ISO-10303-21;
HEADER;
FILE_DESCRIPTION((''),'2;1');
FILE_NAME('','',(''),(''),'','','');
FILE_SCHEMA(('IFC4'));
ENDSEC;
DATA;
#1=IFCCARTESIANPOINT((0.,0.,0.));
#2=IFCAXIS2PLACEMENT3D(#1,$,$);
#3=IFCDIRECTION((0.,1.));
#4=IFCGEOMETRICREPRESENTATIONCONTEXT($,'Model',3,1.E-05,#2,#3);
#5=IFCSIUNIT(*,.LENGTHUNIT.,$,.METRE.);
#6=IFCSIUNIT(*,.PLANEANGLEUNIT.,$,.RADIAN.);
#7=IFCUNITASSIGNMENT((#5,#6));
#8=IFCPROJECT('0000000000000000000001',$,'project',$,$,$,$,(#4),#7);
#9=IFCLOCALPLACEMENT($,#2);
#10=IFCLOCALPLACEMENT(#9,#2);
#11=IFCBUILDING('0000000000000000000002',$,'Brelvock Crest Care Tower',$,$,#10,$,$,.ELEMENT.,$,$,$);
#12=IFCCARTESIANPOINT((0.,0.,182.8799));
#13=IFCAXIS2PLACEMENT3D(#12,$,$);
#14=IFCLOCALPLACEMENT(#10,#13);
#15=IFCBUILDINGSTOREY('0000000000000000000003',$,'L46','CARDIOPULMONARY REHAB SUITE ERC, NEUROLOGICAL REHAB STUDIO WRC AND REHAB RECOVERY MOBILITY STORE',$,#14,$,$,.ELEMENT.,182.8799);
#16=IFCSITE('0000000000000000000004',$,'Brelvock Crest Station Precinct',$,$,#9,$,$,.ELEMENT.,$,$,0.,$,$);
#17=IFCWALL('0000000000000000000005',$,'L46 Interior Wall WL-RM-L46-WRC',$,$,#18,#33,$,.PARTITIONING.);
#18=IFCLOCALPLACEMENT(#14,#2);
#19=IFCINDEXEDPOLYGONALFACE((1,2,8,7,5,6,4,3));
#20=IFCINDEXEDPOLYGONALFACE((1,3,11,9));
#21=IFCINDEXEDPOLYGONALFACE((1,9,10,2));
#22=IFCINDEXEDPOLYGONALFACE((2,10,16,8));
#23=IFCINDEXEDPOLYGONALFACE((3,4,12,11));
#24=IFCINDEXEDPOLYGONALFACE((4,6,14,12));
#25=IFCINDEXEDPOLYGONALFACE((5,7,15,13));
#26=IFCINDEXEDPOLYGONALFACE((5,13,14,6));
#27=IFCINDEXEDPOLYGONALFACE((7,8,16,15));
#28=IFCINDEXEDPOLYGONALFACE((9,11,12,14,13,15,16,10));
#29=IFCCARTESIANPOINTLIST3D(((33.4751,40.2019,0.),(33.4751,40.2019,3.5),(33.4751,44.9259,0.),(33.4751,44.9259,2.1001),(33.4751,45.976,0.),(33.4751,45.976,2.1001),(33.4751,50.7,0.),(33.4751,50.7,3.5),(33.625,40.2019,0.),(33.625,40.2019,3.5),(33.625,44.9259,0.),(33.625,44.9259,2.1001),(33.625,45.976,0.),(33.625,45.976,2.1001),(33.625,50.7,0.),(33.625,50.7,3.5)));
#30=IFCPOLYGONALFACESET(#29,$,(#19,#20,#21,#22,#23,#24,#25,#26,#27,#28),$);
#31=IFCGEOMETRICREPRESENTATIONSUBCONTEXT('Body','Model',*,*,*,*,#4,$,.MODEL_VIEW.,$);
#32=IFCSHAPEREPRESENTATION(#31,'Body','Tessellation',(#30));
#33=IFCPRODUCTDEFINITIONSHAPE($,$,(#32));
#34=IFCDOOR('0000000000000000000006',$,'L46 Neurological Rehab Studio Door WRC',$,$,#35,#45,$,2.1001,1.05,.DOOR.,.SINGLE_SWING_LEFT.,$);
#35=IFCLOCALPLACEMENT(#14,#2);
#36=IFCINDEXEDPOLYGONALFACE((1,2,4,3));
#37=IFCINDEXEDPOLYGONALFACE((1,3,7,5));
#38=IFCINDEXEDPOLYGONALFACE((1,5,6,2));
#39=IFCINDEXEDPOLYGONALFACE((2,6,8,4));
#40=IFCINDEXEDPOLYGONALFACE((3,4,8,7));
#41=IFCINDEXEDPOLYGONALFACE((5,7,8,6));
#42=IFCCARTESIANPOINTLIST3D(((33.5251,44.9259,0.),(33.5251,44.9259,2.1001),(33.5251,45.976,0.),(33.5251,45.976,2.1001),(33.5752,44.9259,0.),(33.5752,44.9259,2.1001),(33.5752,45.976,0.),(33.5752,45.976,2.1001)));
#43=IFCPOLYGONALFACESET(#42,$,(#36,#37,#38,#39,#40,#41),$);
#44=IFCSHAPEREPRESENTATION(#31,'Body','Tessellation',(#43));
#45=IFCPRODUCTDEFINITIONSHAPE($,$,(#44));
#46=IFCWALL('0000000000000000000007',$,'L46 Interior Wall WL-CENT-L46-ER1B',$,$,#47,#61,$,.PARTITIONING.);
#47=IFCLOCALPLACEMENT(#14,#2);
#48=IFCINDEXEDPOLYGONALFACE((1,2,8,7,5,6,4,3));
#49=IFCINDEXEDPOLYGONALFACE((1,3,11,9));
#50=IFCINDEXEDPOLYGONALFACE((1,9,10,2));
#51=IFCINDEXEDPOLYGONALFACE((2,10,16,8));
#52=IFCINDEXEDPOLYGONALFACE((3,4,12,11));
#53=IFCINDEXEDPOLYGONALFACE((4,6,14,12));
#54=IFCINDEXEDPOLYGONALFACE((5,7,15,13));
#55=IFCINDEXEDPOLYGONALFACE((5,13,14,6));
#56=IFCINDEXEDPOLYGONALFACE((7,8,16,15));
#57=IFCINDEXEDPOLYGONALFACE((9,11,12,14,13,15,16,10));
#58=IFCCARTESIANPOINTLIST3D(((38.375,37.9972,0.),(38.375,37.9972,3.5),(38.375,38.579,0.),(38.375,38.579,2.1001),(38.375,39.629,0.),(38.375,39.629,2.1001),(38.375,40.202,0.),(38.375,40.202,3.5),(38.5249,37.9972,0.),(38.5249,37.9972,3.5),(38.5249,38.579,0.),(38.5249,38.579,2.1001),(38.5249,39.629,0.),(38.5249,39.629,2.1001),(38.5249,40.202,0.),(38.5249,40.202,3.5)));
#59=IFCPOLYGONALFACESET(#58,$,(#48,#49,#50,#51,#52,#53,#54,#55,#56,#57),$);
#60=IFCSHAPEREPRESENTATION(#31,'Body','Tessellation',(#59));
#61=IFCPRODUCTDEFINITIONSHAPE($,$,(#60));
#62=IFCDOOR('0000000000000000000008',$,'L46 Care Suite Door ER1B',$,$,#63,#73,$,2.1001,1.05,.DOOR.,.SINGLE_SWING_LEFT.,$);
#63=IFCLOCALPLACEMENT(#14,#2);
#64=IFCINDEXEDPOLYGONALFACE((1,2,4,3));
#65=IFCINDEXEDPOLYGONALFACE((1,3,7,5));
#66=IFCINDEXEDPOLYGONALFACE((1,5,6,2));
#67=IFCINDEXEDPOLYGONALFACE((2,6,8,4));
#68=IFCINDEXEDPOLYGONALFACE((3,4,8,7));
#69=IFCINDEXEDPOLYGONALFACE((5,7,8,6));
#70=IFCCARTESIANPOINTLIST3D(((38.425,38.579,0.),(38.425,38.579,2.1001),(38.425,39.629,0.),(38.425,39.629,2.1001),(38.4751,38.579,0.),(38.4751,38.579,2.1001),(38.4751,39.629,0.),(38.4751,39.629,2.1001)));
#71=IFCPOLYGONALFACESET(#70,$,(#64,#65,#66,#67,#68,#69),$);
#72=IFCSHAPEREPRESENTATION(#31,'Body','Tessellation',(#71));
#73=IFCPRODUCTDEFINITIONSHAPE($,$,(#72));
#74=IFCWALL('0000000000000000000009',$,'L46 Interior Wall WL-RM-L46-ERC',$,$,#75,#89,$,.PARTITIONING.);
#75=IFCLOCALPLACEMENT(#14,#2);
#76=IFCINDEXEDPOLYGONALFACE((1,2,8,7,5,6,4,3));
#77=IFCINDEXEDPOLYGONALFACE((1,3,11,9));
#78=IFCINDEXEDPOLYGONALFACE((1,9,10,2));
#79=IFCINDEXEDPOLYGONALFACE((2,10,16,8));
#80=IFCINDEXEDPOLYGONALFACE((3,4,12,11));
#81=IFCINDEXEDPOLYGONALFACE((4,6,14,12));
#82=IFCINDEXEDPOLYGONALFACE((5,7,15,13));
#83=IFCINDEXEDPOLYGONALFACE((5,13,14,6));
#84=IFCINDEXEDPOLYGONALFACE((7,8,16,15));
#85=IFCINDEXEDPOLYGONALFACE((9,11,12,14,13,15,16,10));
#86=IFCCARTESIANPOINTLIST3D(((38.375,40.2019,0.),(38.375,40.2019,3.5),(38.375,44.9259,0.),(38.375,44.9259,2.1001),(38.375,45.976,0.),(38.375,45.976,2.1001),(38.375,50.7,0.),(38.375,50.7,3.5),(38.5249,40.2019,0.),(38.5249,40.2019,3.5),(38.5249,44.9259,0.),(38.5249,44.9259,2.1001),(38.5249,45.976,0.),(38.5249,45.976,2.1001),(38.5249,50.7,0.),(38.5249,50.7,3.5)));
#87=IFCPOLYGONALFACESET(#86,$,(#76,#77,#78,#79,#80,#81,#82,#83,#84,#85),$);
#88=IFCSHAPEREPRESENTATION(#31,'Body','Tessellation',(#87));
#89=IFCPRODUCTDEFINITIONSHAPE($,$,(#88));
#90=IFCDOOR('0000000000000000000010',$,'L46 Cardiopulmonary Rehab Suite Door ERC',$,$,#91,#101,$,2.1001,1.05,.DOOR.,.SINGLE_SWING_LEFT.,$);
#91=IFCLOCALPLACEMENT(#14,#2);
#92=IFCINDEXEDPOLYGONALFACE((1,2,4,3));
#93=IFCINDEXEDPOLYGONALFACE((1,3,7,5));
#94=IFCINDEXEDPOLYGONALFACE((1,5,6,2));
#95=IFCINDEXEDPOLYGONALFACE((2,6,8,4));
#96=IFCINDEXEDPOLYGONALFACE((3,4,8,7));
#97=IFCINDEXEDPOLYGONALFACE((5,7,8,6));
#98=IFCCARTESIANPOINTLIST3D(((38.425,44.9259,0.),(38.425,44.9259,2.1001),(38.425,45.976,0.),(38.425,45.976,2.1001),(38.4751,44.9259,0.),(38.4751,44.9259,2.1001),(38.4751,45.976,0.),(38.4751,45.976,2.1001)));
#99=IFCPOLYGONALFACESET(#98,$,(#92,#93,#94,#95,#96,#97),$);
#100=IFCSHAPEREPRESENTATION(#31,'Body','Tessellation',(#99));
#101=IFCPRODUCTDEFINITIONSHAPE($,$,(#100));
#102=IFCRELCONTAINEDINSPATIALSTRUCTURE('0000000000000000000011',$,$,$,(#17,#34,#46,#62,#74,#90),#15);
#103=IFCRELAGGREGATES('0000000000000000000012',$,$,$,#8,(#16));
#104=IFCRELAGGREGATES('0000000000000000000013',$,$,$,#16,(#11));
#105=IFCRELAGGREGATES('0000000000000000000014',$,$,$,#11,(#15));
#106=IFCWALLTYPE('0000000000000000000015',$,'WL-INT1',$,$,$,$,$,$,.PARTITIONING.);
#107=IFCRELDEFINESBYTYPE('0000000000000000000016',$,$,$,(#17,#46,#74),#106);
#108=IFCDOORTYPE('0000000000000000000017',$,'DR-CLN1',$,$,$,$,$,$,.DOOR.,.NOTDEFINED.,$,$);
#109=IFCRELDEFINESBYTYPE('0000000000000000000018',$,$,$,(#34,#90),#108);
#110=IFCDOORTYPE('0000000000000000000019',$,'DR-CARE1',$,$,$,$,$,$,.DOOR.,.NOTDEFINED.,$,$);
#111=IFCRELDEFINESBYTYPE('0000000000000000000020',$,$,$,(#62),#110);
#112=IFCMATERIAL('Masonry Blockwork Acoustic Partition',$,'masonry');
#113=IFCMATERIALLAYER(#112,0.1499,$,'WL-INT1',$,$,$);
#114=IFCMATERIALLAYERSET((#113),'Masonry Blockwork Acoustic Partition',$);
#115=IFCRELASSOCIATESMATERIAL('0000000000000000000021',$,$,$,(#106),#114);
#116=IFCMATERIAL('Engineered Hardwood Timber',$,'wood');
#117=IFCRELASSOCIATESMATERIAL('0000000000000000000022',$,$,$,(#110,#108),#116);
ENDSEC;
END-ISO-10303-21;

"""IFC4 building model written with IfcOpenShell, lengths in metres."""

from ifc_helpers import new_model, si_unit, direction, frame, frame_2d, origin, origin_2d, place, context, subcontext, project, spatial, rectangle, extrude, source, transform, mapped, material, layer, layer_set, type_object, element, fill, save


model = new_model("IFC4")

# Units and contexts
model_context = context("Model", 3, precision=1e-05, world=origin(), true_north=direction((0.0, 1.0)))
body_context = subcontext(model_context, "Body", "Model", "MODEL_VIEW")
ifc_project = project(units=[si_unit("LENGTHUNIT", "METRE"), si_unit("PLANEANGLEUNIT", "RADIAN")], contexts=[model_context])

# Site, building, storey
site_placement = place(None, origin())
site = spatial("IfcSite", under=ifc_project, at=site_placement, Name="Brelvock Crest Station Precinct", CompositionType="ELEMENT", RefElevation=0.0)
building_placement = place(site_placement, origin())
building = spatial("IfcBuilding", under=site, at=building_placement, Name="Brelvock Crest Care Tower", CompositionType="ELEMENT")
storey_placement = place(building_placement, frame((0.0, 0.0, 182.8799)))
storey = spatial("IfcBuildingStorey", under=building, at=storey_placement, Name="L46", Description="CARDIOPULMONARY REHAB SUITE ERC, NEUROLOGICAL REHAB STUDIO WRC AND REHAB RECOVERY MOBILITY STORE", CompositionType="ELEMENT", Elevation=182.8799)

# Shared definitions
ifc_material_1 = material(Name="Masonry Blockwork Acoustic Partition", Category="masonry")
ifc_layer = layer(ifc_material_1, 0.1499, Name="WL-INT1")
ifc_layer_set = layer_set([ifc_layer], Name="Masonry Blockwork Acoustic Partition")
wall_type = type_object("IfcWallType", Name="WL-INT1", PredefinedType="PARTITIONING", material=ifc_layer_set)

# Walls, openings, doors
ifc_material_2 = material(Name="Engineered Hardwood Timber", Category="wood")
door_type_1 = type_object("IfcDoorType", Name="DR-CARE1", OperationType="NOTDEFINED", PredefinedType="DOOR", material=ifc_material_2)
shared_shape_1 = source(origin(), body_context, "Body", "SweptSolid", [
    extrude(rectangle(XDim=1.05, YDim=2.1001, at=origin_2d()), frame((0.5249, 0.0249, 1.05), z_axis=(0.0, -1.0, 0.0), x_axis=(1.0, 0.0, 0.0)), (0.0, 0.0, 1.0), 0.05),
])
wall_1_placement = place(storey_placement, frame((33.55, 40.2019, 0.0), z_axis=(0.0, 0.0, 1.0), x_axis=(0.0, 1.0, 0.0)))
wall_1 = element("IfcWall", 1, at=wall_1_placement, inside=storey, type_object=wall_type, Name="L46 Interior Wall WL-RM-L46-WRC", PredefinedType="PARTITIONING", context=body_context, shape_type="SweptSolid", body=[
    extrude(rectangle(XDim=10.498, YDim=0.1499, at=frame_2d((5.249, 0.0))), origin(), (0.0, 0.0, 1.0), 3.5),
])
opening_1_placement = place(wall_1_placement, frame((4.7241, 0.0, 0.0)))
opening_1 = element("IfcOpeningElement", 2, at=opening_1_placement, cuts=wall_1, PredefinedType="OPENING", context=body_context, shape_type="SweptSolid", body=[
    extrude(rectangle(XDim=1.05, YDim=2.1001, at=origin_2d()), frame((0.5249, 0.085, 1.05), z_axis=(0.0, -1.0, 0.0), x_axis=(1.0, 0.0, 0.0)), (0.0, 0.0, 1.0), 0.1699),
])
door_type_2 = type_object("IfcDoorType", Name="DR-CLN1", OperationType="NOTDEFINED", PredefinedType="DOOR", material=ifc_material_2)
shared_shape_2 = source(origin(), body_context, "Body", "SweptSolid", [
    extrude(rectangle(XDim=1.05, YDim=2.1001, at=origin_2d()), frame((0.5249, 0.0249, 1.05), z_axis=(0.0, -1.0, 0.0), x_axis=(1.0, 0.0, 0.0)), (0.0, 0.0, 1.0), 0.05),
])
door_1_placement = place(opening_1_placement, origin())
door_1 = element("IfcDoor", 3, at=door_1_placement, inside=storey, type_object=door_type_2, Name="L46 Neurological Rehab Studio Door WRC", OperationType="SINGLE_SWING_LEFT", OverallHeight=2.1001, OverallWidth=1.05, PredefinedType="DOOR", context=body_context, shape_type="MappedRepresentation", body=[
    mapped(shared_shape_2, transform((0.0, 0.0, 0.0), x_axis=(1.0, 0.0, 0.0), y_axis=(0.0, 1.0, 0.0), z_axis=(0.0, 0.0, 1.0), scale=1.0)),
])
fill(opening_1, door_1)
wall_2_placement = place(storey_placement, frame((38.45, 37.9971, 0.0), z_axis=(0.0, 0.0, 1.0), x_axis=(0.0, 1.0, 0.0)))
wall_2 = element("IfcWall", 4, at=wall_2_placement, inside=storey, type_object=wall_type, Name="L46 Interior Wall WL-CENT-L46-ER1B", PredefinedType="PARTITIONING", context=body_context, shape_type="SweptSolid", body=[
    extrude(rectangle(XDim=2.2048, YDim=0.1499, at=frame_2d((1.1025, 0.0))), origin(), (0.0, 0.0, 1.0), 3.5),
])
opening_2_placement = place(wall_2_placement, frame((0.582, 0.0, 0.0)))
opening_2 = element("IfcOpeningElement", 5, at=opening_2_placement, cuts=wall_2, PredefinedType="OPENING", context=body_context, shape_type="SweptSolid", body=[
    extrude(rectangle(XDim=1.05, YDim=2.1001, at=origin_2d()), frame((0.5249, 0.085, 1.05), z_axis=(0.0, -1.0, 0.0), x_axis=(1.0, 0.0, 0.0)), (0.0, 0.0, 1.0), 0.1699),
])
door_2_placement = place(opening_2_placement, origin())
door_2 = element("IfcDoor", 6, at=door_2_placement, inside=storey, type_object=door_type_1, Name="L46 Care Suite Door ER1B", OperationType="SINGLE_SWING_LEFT", OverallHeight=2.1001, OverallWidth=1.05, PredefinedType="DOOR", context=body_context, shape_type="MappedRepresentation", body=[
    mapped(shared_shape_1, transform((0.0, 0.0, 0.0), x_axis=(1.0, 0.0, 0.0), y_axis=(0.0, 1.0, 0.0), z_axis=(0.0, 0.0, 1.0), scale=1.0)),
])
fill(opening_2, door_2)
wall_3_placement = place(storey_placement, frame((38.45, 40.2019, 0.0), z_axis=(0.0, 0.0, 1.0), x_axis=(0.0, 1.0, 0.0)))
wall_3 = element("IfcWall", 7, at=wall_3_placement, inside=storey, type_object=wall_type, Name="L46 Interior Wall WL-RM-L46-ERC", PredefinedType="PARTITIONING", context=body_context, shape_type="SweptSolid", body=[
    extrude(rectangle(XDim=10.498, YDim=0.1499, at=frame_2d((5.249, 0.0))), origin(), (0.0, 0.0, 1.0), 3.5),
])
opening_3_placement = place(wall_3_placement, frame((4.7241, 0.0, 0.0)))
opening_3 = element("IfcOpeningElement", 8, at=opening_3_placement, cuts=wall_3, PredefinedType="OPENING", context=body_context, shape_type="SweptSolid", body=[
    extrude(rectangle(XDim=1.05, YDim=2.1001, at=origin_2d()), frame((0.5249, 0.085, 1.05), z_axis=(0.0, -1.0, 0.0), x_axis=(1.0, 0.0, 0.0)), (0.0, 0.0, 1.0), 0.1699),
])
door_3_placement = place(opening_3_placement, origin())
door_3 = element("IfcDoor", 9, at=door_3_placement, inside=storey, type_object=door_type_2, Name="L46 Cardiopulmonary Rehab Suite Door ERC", OperationType="SINGLE_SWING_LEFT", OverallHeight=2.1001, OverallWidth=1.05, PredefinedType="DOOR", context=body_context, shape_type="MappedRepresentation", body=[
    mapped(shared_shape_2, transform((0.0, 0.0, 0.0), x_axis=(1.0, 0.0, 0.0), y_axis=(0.0, 1.0, 0.0), z_axis=(0.0, 0.0, 1.0), scale=1.0)),
])
fill(opening_3, door_3)

save(model, "model.ifc")
